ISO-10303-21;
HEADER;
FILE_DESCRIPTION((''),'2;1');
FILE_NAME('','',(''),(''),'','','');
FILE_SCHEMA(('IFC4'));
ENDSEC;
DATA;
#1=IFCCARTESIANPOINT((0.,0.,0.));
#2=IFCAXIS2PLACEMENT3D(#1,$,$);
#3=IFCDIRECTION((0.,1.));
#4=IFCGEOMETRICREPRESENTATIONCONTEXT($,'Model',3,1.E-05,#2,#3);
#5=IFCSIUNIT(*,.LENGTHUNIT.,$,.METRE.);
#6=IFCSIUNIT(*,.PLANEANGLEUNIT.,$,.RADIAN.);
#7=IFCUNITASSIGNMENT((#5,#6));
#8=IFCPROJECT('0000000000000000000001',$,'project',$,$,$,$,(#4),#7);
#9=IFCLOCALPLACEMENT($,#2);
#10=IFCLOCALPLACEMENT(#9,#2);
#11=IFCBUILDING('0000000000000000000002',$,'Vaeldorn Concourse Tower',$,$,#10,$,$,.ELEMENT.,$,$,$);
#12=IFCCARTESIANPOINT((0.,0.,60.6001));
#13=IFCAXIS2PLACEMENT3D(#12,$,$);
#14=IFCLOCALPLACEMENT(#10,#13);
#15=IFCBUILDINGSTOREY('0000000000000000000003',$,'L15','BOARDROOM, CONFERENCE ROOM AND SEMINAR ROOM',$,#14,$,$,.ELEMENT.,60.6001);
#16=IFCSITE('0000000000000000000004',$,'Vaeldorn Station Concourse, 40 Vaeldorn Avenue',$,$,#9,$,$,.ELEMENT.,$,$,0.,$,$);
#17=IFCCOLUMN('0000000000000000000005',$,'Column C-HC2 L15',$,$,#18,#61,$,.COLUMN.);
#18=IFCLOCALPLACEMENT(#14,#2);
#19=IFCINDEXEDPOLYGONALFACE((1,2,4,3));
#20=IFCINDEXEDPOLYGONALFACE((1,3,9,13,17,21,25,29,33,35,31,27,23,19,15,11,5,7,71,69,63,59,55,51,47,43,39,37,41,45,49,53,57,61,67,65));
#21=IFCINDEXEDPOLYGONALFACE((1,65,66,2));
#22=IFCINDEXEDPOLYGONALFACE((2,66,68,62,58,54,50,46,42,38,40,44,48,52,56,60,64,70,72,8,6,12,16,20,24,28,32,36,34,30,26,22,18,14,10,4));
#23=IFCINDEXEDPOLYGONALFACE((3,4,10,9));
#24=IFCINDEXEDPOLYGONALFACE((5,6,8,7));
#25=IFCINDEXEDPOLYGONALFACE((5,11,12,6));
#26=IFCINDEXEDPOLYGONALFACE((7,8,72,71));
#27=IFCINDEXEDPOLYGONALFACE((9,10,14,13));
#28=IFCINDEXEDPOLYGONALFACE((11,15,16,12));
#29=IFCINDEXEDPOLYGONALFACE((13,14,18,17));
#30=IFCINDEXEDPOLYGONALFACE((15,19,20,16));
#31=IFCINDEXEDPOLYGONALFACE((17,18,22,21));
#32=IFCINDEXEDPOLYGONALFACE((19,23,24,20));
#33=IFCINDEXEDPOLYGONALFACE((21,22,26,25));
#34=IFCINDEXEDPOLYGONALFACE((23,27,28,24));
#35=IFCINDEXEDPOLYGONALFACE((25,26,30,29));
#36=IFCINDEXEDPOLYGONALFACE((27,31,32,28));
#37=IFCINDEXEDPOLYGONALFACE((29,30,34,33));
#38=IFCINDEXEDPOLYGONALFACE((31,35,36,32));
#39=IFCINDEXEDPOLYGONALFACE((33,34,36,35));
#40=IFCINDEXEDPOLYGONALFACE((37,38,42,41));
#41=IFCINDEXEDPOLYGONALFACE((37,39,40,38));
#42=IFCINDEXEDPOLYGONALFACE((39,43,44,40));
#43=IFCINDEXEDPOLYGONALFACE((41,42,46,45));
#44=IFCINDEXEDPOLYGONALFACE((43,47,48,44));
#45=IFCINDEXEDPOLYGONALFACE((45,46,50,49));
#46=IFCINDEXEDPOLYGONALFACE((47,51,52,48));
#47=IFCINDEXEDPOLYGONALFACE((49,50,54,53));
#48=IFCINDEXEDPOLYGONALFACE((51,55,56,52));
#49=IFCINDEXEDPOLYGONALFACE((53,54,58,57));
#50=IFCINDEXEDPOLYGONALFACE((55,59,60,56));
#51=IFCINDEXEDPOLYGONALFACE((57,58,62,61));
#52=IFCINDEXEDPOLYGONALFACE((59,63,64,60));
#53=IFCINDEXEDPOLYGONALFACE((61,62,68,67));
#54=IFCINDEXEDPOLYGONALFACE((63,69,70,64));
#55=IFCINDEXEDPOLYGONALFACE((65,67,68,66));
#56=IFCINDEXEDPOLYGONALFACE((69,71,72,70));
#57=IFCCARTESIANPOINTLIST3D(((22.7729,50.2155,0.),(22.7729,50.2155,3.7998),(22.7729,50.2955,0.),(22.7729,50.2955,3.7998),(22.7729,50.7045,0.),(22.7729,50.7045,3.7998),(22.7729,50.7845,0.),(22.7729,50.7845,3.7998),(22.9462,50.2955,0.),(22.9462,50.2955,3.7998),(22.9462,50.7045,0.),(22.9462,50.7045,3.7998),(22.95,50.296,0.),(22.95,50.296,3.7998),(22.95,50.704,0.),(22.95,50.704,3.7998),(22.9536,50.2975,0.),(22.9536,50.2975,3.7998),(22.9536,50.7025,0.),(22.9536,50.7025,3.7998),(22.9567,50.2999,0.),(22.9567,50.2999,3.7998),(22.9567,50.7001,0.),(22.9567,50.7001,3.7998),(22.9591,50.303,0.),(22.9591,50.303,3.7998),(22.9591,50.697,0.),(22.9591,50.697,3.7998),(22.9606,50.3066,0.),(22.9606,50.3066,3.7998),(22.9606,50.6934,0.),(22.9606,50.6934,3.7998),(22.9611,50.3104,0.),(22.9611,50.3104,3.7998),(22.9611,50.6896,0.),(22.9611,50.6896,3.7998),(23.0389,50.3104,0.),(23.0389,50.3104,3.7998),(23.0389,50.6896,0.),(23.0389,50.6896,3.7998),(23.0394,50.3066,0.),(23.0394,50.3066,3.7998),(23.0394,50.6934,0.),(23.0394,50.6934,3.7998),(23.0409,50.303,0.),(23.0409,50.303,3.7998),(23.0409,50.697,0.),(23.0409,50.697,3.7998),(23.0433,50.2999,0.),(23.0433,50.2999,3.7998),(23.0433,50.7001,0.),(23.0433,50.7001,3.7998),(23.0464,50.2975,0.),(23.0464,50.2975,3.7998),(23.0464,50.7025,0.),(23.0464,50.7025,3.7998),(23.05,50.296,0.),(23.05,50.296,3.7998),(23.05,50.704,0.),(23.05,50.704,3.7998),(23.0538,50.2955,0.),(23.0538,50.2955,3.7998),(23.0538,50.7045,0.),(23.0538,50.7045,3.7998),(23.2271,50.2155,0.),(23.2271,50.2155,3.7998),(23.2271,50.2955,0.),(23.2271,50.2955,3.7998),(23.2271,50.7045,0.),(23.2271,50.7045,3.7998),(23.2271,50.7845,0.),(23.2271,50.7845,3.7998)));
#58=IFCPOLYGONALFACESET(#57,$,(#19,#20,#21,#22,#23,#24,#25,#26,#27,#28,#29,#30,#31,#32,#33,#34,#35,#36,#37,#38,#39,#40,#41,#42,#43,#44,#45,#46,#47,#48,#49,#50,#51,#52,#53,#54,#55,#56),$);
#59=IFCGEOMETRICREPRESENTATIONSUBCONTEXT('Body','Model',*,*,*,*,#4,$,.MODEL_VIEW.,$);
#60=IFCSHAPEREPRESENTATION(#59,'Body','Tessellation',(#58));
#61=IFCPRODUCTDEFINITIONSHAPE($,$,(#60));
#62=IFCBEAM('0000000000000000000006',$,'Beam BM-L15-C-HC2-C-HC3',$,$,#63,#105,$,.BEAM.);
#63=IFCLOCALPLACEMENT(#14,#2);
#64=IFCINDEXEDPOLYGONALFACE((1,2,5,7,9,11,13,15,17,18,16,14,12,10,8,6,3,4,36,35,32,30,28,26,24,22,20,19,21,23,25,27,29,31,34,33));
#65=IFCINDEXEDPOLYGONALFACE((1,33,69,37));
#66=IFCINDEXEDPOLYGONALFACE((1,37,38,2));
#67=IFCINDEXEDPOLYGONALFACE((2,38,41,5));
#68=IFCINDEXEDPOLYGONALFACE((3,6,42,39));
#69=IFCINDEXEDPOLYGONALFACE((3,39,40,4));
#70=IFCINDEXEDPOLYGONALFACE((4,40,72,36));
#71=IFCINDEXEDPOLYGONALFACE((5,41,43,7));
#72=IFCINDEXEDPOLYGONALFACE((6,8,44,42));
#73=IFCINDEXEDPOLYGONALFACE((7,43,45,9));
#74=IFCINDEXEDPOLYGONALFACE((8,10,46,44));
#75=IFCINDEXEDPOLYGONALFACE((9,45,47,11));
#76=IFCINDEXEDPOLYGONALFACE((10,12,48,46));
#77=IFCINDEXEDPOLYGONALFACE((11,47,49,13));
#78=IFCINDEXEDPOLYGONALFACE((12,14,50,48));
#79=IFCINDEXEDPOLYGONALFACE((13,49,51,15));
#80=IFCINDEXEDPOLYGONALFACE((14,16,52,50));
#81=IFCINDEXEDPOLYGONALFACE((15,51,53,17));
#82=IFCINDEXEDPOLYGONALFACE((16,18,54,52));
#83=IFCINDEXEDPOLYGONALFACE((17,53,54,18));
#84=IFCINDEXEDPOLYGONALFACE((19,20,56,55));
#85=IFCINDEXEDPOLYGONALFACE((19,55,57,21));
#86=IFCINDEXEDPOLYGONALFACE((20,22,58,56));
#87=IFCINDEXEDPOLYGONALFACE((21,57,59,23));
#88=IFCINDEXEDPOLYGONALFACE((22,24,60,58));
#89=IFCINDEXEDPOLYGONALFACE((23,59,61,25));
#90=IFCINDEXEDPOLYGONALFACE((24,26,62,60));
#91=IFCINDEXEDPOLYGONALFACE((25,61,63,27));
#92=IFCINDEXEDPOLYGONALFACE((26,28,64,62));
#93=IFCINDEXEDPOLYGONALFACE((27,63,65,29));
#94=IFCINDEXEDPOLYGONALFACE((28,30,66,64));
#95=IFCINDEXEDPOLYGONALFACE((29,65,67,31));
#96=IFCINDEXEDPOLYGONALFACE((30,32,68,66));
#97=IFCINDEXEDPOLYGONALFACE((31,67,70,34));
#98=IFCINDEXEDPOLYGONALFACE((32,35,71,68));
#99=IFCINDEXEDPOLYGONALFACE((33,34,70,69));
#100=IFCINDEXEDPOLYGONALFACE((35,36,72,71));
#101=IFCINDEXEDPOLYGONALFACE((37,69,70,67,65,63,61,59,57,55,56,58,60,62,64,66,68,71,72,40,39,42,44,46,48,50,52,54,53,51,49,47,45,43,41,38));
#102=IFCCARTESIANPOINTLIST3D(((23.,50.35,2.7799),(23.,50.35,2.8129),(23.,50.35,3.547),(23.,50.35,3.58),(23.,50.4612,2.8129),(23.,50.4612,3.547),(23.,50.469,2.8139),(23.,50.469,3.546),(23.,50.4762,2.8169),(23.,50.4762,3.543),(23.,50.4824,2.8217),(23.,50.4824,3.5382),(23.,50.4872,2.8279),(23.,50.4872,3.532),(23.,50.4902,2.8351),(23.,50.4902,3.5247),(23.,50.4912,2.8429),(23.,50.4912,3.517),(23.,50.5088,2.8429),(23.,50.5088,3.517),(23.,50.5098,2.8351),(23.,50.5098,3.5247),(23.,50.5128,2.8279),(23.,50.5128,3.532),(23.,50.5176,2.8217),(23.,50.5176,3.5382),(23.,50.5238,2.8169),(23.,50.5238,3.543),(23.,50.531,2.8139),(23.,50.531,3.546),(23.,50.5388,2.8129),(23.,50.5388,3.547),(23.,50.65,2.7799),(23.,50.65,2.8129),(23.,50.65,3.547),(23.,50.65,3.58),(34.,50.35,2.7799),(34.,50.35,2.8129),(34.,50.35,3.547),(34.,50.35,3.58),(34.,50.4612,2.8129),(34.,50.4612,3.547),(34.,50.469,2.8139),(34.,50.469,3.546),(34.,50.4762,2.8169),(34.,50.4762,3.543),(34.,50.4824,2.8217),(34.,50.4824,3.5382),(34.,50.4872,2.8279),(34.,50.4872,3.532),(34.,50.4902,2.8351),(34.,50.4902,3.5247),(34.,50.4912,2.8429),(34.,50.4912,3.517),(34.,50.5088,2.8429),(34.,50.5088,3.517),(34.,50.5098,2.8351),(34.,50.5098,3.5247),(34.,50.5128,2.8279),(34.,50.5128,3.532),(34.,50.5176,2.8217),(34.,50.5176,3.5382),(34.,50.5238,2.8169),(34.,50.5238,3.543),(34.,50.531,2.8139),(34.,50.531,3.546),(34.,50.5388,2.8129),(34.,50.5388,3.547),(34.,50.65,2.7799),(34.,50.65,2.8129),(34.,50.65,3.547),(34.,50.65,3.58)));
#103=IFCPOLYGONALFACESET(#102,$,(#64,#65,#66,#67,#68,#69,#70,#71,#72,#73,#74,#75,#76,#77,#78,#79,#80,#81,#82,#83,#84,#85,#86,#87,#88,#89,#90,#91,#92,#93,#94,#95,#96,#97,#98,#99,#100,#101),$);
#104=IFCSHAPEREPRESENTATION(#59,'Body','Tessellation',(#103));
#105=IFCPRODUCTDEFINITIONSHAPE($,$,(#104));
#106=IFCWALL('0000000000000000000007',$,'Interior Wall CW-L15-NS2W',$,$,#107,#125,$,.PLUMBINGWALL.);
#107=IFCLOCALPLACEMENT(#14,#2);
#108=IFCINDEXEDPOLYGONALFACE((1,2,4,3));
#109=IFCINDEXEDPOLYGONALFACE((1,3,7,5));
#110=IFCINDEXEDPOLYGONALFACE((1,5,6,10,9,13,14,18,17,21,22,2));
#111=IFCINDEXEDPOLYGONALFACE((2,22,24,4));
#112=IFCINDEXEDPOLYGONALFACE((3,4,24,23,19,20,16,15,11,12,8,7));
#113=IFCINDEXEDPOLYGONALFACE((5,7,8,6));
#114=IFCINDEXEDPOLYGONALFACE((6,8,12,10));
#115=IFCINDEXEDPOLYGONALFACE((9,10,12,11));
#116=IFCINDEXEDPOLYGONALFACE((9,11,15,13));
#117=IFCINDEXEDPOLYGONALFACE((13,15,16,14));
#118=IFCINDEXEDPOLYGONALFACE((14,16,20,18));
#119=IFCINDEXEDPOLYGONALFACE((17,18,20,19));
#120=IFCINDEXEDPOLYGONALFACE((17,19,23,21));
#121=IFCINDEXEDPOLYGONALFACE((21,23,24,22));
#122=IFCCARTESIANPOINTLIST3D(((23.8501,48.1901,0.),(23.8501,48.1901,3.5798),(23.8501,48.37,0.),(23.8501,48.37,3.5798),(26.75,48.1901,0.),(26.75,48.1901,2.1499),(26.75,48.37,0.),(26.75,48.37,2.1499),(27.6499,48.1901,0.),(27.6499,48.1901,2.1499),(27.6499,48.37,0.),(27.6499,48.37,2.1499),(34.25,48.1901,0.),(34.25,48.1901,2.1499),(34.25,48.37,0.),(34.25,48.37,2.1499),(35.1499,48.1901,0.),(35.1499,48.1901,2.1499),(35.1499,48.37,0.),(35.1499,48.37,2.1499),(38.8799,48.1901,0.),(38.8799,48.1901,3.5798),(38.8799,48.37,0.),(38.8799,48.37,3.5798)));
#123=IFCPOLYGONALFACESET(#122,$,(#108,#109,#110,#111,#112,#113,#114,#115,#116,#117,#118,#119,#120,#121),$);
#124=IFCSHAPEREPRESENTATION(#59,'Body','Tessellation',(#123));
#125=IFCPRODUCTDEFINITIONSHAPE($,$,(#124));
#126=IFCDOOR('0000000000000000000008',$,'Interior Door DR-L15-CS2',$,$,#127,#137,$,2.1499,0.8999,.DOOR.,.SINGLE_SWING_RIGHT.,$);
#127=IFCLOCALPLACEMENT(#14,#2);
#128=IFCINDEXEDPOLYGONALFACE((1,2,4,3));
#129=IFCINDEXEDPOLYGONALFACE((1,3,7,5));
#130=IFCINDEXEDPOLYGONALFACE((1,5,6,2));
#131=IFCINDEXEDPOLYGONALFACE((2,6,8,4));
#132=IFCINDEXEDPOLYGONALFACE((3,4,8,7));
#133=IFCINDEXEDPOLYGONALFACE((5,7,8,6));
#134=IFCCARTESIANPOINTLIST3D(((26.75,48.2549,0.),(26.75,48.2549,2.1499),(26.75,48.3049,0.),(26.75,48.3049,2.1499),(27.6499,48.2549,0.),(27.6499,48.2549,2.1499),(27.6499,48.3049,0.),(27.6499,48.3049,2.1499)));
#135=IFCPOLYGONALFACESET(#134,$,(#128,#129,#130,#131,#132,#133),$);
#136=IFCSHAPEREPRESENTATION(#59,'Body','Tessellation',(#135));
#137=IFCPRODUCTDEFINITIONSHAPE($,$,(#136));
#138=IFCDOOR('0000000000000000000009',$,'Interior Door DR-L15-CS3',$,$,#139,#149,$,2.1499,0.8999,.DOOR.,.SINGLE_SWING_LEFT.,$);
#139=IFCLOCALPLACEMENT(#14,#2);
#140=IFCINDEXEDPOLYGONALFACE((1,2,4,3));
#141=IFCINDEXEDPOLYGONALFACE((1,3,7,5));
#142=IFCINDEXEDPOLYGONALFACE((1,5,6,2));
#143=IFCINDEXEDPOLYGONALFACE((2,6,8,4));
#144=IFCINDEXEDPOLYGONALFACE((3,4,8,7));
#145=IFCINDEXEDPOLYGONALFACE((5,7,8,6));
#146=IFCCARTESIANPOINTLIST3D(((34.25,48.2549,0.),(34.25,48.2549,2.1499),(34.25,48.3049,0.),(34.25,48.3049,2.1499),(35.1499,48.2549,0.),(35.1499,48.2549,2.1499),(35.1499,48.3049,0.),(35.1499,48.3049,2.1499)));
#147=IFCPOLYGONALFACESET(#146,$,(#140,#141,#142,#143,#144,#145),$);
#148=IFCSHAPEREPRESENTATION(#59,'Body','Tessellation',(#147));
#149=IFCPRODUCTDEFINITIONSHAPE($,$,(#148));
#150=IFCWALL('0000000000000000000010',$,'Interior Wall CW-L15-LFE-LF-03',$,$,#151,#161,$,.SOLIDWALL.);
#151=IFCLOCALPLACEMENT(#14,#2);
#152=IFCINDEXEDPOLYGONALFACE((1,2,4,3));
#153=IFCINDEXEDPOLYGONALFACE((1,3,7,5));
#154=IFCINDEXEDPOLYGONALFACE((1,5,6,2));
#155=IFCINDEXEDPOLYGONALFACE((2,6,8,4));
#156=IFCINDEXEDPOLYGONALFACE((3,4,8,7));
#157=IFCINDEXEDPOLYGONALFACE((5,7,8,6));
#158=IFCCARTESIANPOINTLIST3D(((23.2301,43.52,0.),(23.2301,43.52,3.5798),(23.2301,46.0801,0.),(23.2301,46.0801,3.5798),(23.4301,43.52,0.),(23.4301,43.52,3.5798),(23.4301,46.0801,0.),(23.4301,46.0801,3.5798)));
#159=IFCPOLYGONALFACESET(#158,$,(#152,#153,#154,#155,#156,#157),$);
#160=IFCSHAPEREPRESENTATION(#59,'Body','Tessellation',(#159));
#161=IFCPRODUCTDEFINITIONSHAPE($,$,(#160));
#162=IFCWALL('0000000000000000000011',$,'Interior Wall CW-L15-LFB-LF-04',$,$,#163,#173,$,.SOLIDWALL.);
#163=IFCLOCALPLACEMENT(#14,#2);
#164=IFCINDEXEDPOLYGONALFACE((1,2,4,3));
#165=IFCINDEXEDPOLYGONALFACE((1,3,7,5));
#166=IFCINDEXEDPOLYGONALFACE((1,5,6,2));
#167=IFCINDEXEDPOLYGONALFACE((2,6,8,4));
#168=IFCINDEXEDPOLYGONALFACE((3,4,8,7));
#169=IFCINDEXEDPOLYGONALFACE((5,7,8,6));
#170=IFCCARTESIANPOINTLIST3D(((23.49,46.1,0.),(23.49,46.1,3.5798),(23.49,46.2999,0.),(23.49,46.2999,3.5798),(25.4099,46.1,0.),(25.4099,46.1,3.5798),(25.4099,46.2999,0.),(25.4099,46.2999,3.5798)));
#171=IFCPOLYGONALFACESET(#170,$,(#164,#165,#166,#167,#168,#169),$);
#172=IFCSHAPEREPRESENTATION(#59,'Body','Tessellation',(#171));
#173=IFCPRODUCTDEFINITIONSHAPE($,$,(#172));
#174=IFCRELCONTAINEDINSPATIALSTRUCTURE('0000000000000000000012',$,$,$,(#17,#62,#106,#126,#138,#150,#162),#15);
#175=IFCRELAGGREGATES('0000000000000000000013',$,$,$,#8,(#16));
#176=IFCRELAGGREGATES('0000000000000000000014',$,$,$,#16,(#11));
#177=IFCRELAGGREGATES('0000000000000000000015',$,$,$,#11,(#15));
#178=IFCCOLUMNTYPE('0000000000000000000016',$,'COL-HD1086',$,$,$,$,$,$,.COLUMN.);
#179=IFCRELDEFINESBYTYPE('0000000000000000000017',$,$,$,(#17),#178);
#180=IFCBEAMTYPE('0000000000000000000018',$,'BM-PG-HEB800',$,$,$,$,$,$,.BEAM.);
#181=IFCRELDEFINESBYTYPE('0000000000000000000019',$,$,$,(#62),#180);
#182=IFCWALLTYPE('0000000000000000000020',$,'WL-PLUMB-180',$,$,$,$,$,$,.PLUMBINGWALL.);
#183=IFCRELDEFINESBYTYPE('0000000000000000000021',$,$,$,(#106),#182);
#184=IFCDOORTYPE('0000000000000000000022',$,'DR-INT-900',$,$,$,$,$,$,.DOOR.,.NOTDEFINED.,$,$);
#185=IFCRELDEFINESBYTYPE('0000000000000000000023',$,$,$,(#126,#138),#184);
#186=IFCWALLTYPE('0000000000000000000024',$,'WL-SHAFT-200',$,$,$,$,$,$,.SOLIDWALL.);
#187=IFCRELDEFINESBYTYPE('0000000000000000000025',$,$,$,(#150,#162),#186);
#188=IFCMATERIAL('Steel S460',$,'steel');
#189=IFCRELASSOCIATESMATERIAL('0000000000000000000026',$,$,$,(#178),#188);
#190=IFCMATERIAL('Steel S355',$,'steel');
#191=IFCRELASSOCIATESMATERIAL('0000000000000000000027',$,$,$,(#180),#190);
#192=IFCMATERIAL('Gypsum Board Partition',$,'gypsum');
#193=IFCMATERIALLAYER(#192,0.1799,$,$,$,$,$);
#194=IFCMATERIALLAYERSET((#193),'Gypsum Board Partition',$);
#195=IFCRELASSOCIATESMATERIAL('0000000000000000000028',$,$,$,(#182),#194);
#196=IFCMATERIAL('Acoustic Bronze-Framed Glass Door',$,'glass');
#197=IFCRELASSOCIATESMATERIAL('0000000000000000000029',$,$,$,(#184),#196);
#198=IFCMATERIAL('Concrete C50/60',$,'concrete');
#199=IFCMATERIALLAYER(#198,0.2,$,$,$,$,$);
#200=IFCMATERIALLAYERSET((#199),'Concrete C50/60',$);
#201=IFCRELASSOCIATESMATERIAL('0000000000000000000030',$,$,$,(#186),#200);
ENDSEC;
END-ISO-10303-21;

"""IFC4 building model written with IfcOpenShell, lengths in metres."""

from ifc_helpers import new_model, si_unit, direction, frame, frame_2d, origin, origin_2d, place, context, subcontext, project, spatial, rectangle, i_section, extrude, source, transform, mapped, material, layer, layer_set, material_profile, profile_set, type_object, element, fill, save


model = new_model("IFC4")

# Units and contexts
model_context = context("Model", 3, precision=1e-05, world=origin(), true_north=direction((0.0, 1.0)))
body_context = subcontext(model_context, "Body", "Model", "MODEL_VIEW")
ifc_project = project(units=[si_unit("LENGTHUNIT", "METRE"), si_unit("PLANEANGLEUNIT", "RADIAN")], contexts=[model_context])

# Site, building, storey
site_placement = place(None, origin())
site = spatial("IfcSite", under=ifc_project, at=site_placement, Name="Vaeldorn Station Concourse, 40 Vaeldorn Avenue", CompositionType="ELEMENT", RefElevation=0.0)
building_placement = place(site_placement, origin())
building = spatial("IfcBuilding", under=site, at=building_placement, Name="Vaeldorn Concourse Tower", CompositionType="ELEMENT")
storey_placement = place(building_placement, frame((0.0, 0.0, 60.6001)))
storey = spatial("IfcBuildingStorey", under=building, at=storey_placement, Name="L15", Description="BOARDROOM, CONFERENCE ROOM AND SEMINAR ROOM", CompositionType="ELEMENT", Elevation=60.6001)

# Column
ifc_material_1 = material(Name="Steel S460", Category="steel")
ifc_material_profile_1 = material_profile(ifc_material_1, i_section(OverallWidth=0.4541, OverallDepth=0.5691, WebThickness=0.0779, FlangeThickness=0.0801, FilletRadius=0.0149, at=origin_2d()), Name="HD 400x1086")
ifc_profile_set_1 = profile_set([ifc_material_profile_1], Name="Steel S460")
column_type = type_object("IfcColumnType", Name="COL-HD1086", PredefinedType="COLUMN", material=ifc_profile_set_1)
shared_shape_1 = source(origin(), body_context, "Body", "SweptSolid", [
    extrude(i_section(OverallWidth=0.4541, OverallDepth=0.5691, WebThickness=0.0779, FlangeThickness=0.0801, FilletRadius=0.0149, at=origin_2d()), origin(), (0.0, 0.0, 1.0), 3.7998),
])
column_placement = place(storey_placement, frame((23.0, 50.5, 0.0), z_axis=(0.0, 0.0, 1.0), x_axis=(1.0, 0.0, 0.0)))
element("IfcColumn", 1, at=column_placement, inside=storey, type_object=column_type, Name="Column C-HC2 L15", PredefinedType="COLUMN", context=body_context, shape_type="MappedRepresentation", body=[
    mapped(shared_shape_1, transform((0.0, 0.0, 0.0), scale=1.0)),
])

# Beam
ifc_material_2 = material(Name="Steel S355", Category="steel")
ifc_material_profile_2 = material_profile(ifc_material_2, i_section(OverallWidth=0.3, OverallDepth=0.8, WebThickness=0.0176, FlangeThickness=0.033, FilletRadius=0.03, at=origin_2d()), Name="HEB 800")
ifc_profile_set_2 = profile_set([ifc_material_profile_2], Name="Steel S355")
beam_type = type_object("IfcBeamType", Name="BM-PG-HEB800", PredefinedType="BEAM", material=ifc_profile_set_2)
shared_shape_2 = source(origin(), body_context, "Body", "SweptSolid", [
    extrude(i_section(OverallWidth=0.3, OverallDepth=0.8, WebThickness=0.0176, FlangeThickness=0.033, FilletRadius=0.03, at=origin_2d()), origin(), (0.0, 0.0, 1.0), 11.0),
])
beam_placement = place(storey_placement, frame((23.0, 50.5, 3.1799), z_axis=(1.0, 0.0, 0.0), x_axis=(0.0, 1.0, 0.0)))
element("IfcBeam", 2, at=beam_placement, inside=storey, type_object=beam_type, Name="Beam BM-L15-C-HC2-C-HC3", PredefinedType="BEAM", context=body_context, shape_type="MappedRepresentation", body=[
    mapped(shared_shape_2, transform((0.0, 0.0, 0.0), scale=1.0)),
])

# Wall, openings, doors
ifc_material_3 = material(Name="Gypsum Board Partition", Category="gypsum")
ifc_layer_1 = layer(ifc_material_3, 0.1799)
ifc_layer_set_1 = layer_set([ifc_layer_1], Name="Gypsum Board Partition")
wall_type_1 = type_object("IfcWallType", Name="WL-PLUMB-180", PredefinedType="PLUMBINGWALL", material=ifc_layer_set_1)
wall_1_placement = place(storey_placement, frame((23.8501, 48.28, 0.0), z_axis=(0.0, 0.0, 1.0), x_axis=(1.0, 0.0, 0.0)))
wall_1 = element("IfcWall", 3, at=wall_1_placement, inside=storey, type_object=wall_type_1, Name="Interior Wall CW-L15-NS2W", PredefinedType="PLUMBINGWALL", context=body_context, shape_type="SweptSolid", body=[
    extrude(rectangle(XDim=15.0298, YDim=0.1799, at=frame_2d((7.5149, 0.0))), origin(), (0.0, 0.0, 1.0), 3.5798),
])
opening_1_placement = place(wall_1_placement, frame((2.8999, 0.0, 0.0)))
opening_1 = element("IfcOpeningElement", 4, at=opening_1_placement, cuts=wall_1, PredefinedType="OPENING", context=body_context, shape_type="SweptSolid", body=[
    extrude(rectangle(XDim=0.8999, YDim=2.1499, at=frame_2d((0.45, 1.075))), frame((0.0, 0.1001, 0.0), z_axis=(0.0, -1.0, 0.0), x_axis=(1.0, 0.0, 0.0)), (0.0, 0.0, 1.0), 0.2),
])
opening_2_placement = place(wall_1_placement, frame((10.3999, 0.0, 0.0)))
opening_2 = element("IfcOpeningElement", 5, at=opening_2_placement, cuts=wall_1, PredefinedType="OPENING", context=body_context, shape_type="SweptSolid", body=[
    extrude(rectangle(XDim=0.8999, YDim=2.1499, at=frame_2d((0.45, 1.075))), frame((0.0, 0.1001, 0.0), z_axis=(0.0, -1.0, 0.0), x_axis=(1.0, 0.0, 0.0)), (0.0, 0.0, 1.0), 0.2),
])
ifc_material_4 = material(Name="Acoustic Bronze-Framed Glass Door", Category="glass")
door_type_1 = type_object("IfcDoorType", Name="DR-INT-900", OperationType="NOTDEFINED", PredefinedType="DOOR", material=ifc_material_4)
shared_shape_3 = source(origin(), body_context, "Body", "SweptSolid", [
    extrude(rectangle(XDim=0.8999, YDim=2.1499, at=frame_2d((0.45, 1.075))), frame((0.0, 0.0249, 0.0), z_axis=(0.0, -1.0, 0.0), x_axis=(1.0, 0.0, 0.0)), (0.0, 0.0, 1.0), 0.05),
])
door_1_placement = place(opening_1_placement, origin())
door_1 = element("IfcDoor", 6, at=door_1_placement, inside=storey, type_object=door_type_1, Name="Interior Door DR-L15-CS2", OperationType="SINGLE_SWING_RIGHT", OverallHeight=2.1499, OverallWidth=0.8999, PredefinedType="DOOR", context=body_context, shape_type="MappedRepresentation", body=[
    mapped(shared_shape_3, transform((0.0, 0.0, 0.0), scale=1.0)),
])
fill(opening_1, door_1)
door_2_placement = place(opening_2_placement, origin())
door_2 = element("IfcDoor", 7, at=door_2_placement, inside=storey, type_object=door_type_1, Name="Interior Door DR-L15-CS3", OperationType="SINGLE_SWING_LEFT", OverallHeight=2.1499, OverallWidth=0.8999, PredefinedType="DOOR", context=body_context, shape_type="MappedRepresentation", body=[
    mapped(shared_shape_3, transform((0.0, 0.0, 0.0), scale=1.0)),
])
fill(opening_2, door_2)

# Wall
ifc_material_5 = material(Name="Concrete C50/60", Category="concrete")
ifc_layer_2 = layer(ifc_material_5, 0.2)
ifc_layer_set_2 = layer_set([ifc_layer_2], Name="Concrete C50/60")
wall_type_2 = type_object("IfcWallType", Name="WL-SHAFT-200", PredefinedType="SOLIDWALL", material=ifc_layer_set_2)
wall_2_placement = place(storey_placement, frame((23.3301, 43.52, 0.0), z_axis=(0.0, 0.0, 1.0), x_axis=(0.0, 1.0, 0.0)))
element("IfcWall", 8, at=wall_2_placement, inside=storey, type_object=wall_type_2, Name="Interior Wall CW-L15-LFE-LF-03", PredefinedType="SOLIDWALL", context=body_context, shape_type="SweptSolid", body=[
    extrude(rectangle(XDim=2.5601, YDim=0.2, at=frame_2d((1.28, 0.0))), origin(), (0.0, 0.0, 1.0), 3.5798),
])

# Wall
wall_3_placement = place(storey_placement, frame((23.49, 46.2, 0.0), z_axis=(0.0, 0.0, 1.0), x_axis=(1.0, 0.0, 0.0)))
element("IfcWall", 9, at=wall_3_placement, inside=storey, type_object=wall_type_2, Name="Interior Wall CW-L15-LFB-LF-04", PredefinedType="SOLIDWALL", context=body_context, shape_type="SweptSolid", body=[
    extrude(rectangle(XDim=1.9199, YDim=0.2, at=frame_2d((0.96, 0.0))), origin(), (0.0, 0.0, 1.0), 3.5798),
])

save(model, "model.ifc")
